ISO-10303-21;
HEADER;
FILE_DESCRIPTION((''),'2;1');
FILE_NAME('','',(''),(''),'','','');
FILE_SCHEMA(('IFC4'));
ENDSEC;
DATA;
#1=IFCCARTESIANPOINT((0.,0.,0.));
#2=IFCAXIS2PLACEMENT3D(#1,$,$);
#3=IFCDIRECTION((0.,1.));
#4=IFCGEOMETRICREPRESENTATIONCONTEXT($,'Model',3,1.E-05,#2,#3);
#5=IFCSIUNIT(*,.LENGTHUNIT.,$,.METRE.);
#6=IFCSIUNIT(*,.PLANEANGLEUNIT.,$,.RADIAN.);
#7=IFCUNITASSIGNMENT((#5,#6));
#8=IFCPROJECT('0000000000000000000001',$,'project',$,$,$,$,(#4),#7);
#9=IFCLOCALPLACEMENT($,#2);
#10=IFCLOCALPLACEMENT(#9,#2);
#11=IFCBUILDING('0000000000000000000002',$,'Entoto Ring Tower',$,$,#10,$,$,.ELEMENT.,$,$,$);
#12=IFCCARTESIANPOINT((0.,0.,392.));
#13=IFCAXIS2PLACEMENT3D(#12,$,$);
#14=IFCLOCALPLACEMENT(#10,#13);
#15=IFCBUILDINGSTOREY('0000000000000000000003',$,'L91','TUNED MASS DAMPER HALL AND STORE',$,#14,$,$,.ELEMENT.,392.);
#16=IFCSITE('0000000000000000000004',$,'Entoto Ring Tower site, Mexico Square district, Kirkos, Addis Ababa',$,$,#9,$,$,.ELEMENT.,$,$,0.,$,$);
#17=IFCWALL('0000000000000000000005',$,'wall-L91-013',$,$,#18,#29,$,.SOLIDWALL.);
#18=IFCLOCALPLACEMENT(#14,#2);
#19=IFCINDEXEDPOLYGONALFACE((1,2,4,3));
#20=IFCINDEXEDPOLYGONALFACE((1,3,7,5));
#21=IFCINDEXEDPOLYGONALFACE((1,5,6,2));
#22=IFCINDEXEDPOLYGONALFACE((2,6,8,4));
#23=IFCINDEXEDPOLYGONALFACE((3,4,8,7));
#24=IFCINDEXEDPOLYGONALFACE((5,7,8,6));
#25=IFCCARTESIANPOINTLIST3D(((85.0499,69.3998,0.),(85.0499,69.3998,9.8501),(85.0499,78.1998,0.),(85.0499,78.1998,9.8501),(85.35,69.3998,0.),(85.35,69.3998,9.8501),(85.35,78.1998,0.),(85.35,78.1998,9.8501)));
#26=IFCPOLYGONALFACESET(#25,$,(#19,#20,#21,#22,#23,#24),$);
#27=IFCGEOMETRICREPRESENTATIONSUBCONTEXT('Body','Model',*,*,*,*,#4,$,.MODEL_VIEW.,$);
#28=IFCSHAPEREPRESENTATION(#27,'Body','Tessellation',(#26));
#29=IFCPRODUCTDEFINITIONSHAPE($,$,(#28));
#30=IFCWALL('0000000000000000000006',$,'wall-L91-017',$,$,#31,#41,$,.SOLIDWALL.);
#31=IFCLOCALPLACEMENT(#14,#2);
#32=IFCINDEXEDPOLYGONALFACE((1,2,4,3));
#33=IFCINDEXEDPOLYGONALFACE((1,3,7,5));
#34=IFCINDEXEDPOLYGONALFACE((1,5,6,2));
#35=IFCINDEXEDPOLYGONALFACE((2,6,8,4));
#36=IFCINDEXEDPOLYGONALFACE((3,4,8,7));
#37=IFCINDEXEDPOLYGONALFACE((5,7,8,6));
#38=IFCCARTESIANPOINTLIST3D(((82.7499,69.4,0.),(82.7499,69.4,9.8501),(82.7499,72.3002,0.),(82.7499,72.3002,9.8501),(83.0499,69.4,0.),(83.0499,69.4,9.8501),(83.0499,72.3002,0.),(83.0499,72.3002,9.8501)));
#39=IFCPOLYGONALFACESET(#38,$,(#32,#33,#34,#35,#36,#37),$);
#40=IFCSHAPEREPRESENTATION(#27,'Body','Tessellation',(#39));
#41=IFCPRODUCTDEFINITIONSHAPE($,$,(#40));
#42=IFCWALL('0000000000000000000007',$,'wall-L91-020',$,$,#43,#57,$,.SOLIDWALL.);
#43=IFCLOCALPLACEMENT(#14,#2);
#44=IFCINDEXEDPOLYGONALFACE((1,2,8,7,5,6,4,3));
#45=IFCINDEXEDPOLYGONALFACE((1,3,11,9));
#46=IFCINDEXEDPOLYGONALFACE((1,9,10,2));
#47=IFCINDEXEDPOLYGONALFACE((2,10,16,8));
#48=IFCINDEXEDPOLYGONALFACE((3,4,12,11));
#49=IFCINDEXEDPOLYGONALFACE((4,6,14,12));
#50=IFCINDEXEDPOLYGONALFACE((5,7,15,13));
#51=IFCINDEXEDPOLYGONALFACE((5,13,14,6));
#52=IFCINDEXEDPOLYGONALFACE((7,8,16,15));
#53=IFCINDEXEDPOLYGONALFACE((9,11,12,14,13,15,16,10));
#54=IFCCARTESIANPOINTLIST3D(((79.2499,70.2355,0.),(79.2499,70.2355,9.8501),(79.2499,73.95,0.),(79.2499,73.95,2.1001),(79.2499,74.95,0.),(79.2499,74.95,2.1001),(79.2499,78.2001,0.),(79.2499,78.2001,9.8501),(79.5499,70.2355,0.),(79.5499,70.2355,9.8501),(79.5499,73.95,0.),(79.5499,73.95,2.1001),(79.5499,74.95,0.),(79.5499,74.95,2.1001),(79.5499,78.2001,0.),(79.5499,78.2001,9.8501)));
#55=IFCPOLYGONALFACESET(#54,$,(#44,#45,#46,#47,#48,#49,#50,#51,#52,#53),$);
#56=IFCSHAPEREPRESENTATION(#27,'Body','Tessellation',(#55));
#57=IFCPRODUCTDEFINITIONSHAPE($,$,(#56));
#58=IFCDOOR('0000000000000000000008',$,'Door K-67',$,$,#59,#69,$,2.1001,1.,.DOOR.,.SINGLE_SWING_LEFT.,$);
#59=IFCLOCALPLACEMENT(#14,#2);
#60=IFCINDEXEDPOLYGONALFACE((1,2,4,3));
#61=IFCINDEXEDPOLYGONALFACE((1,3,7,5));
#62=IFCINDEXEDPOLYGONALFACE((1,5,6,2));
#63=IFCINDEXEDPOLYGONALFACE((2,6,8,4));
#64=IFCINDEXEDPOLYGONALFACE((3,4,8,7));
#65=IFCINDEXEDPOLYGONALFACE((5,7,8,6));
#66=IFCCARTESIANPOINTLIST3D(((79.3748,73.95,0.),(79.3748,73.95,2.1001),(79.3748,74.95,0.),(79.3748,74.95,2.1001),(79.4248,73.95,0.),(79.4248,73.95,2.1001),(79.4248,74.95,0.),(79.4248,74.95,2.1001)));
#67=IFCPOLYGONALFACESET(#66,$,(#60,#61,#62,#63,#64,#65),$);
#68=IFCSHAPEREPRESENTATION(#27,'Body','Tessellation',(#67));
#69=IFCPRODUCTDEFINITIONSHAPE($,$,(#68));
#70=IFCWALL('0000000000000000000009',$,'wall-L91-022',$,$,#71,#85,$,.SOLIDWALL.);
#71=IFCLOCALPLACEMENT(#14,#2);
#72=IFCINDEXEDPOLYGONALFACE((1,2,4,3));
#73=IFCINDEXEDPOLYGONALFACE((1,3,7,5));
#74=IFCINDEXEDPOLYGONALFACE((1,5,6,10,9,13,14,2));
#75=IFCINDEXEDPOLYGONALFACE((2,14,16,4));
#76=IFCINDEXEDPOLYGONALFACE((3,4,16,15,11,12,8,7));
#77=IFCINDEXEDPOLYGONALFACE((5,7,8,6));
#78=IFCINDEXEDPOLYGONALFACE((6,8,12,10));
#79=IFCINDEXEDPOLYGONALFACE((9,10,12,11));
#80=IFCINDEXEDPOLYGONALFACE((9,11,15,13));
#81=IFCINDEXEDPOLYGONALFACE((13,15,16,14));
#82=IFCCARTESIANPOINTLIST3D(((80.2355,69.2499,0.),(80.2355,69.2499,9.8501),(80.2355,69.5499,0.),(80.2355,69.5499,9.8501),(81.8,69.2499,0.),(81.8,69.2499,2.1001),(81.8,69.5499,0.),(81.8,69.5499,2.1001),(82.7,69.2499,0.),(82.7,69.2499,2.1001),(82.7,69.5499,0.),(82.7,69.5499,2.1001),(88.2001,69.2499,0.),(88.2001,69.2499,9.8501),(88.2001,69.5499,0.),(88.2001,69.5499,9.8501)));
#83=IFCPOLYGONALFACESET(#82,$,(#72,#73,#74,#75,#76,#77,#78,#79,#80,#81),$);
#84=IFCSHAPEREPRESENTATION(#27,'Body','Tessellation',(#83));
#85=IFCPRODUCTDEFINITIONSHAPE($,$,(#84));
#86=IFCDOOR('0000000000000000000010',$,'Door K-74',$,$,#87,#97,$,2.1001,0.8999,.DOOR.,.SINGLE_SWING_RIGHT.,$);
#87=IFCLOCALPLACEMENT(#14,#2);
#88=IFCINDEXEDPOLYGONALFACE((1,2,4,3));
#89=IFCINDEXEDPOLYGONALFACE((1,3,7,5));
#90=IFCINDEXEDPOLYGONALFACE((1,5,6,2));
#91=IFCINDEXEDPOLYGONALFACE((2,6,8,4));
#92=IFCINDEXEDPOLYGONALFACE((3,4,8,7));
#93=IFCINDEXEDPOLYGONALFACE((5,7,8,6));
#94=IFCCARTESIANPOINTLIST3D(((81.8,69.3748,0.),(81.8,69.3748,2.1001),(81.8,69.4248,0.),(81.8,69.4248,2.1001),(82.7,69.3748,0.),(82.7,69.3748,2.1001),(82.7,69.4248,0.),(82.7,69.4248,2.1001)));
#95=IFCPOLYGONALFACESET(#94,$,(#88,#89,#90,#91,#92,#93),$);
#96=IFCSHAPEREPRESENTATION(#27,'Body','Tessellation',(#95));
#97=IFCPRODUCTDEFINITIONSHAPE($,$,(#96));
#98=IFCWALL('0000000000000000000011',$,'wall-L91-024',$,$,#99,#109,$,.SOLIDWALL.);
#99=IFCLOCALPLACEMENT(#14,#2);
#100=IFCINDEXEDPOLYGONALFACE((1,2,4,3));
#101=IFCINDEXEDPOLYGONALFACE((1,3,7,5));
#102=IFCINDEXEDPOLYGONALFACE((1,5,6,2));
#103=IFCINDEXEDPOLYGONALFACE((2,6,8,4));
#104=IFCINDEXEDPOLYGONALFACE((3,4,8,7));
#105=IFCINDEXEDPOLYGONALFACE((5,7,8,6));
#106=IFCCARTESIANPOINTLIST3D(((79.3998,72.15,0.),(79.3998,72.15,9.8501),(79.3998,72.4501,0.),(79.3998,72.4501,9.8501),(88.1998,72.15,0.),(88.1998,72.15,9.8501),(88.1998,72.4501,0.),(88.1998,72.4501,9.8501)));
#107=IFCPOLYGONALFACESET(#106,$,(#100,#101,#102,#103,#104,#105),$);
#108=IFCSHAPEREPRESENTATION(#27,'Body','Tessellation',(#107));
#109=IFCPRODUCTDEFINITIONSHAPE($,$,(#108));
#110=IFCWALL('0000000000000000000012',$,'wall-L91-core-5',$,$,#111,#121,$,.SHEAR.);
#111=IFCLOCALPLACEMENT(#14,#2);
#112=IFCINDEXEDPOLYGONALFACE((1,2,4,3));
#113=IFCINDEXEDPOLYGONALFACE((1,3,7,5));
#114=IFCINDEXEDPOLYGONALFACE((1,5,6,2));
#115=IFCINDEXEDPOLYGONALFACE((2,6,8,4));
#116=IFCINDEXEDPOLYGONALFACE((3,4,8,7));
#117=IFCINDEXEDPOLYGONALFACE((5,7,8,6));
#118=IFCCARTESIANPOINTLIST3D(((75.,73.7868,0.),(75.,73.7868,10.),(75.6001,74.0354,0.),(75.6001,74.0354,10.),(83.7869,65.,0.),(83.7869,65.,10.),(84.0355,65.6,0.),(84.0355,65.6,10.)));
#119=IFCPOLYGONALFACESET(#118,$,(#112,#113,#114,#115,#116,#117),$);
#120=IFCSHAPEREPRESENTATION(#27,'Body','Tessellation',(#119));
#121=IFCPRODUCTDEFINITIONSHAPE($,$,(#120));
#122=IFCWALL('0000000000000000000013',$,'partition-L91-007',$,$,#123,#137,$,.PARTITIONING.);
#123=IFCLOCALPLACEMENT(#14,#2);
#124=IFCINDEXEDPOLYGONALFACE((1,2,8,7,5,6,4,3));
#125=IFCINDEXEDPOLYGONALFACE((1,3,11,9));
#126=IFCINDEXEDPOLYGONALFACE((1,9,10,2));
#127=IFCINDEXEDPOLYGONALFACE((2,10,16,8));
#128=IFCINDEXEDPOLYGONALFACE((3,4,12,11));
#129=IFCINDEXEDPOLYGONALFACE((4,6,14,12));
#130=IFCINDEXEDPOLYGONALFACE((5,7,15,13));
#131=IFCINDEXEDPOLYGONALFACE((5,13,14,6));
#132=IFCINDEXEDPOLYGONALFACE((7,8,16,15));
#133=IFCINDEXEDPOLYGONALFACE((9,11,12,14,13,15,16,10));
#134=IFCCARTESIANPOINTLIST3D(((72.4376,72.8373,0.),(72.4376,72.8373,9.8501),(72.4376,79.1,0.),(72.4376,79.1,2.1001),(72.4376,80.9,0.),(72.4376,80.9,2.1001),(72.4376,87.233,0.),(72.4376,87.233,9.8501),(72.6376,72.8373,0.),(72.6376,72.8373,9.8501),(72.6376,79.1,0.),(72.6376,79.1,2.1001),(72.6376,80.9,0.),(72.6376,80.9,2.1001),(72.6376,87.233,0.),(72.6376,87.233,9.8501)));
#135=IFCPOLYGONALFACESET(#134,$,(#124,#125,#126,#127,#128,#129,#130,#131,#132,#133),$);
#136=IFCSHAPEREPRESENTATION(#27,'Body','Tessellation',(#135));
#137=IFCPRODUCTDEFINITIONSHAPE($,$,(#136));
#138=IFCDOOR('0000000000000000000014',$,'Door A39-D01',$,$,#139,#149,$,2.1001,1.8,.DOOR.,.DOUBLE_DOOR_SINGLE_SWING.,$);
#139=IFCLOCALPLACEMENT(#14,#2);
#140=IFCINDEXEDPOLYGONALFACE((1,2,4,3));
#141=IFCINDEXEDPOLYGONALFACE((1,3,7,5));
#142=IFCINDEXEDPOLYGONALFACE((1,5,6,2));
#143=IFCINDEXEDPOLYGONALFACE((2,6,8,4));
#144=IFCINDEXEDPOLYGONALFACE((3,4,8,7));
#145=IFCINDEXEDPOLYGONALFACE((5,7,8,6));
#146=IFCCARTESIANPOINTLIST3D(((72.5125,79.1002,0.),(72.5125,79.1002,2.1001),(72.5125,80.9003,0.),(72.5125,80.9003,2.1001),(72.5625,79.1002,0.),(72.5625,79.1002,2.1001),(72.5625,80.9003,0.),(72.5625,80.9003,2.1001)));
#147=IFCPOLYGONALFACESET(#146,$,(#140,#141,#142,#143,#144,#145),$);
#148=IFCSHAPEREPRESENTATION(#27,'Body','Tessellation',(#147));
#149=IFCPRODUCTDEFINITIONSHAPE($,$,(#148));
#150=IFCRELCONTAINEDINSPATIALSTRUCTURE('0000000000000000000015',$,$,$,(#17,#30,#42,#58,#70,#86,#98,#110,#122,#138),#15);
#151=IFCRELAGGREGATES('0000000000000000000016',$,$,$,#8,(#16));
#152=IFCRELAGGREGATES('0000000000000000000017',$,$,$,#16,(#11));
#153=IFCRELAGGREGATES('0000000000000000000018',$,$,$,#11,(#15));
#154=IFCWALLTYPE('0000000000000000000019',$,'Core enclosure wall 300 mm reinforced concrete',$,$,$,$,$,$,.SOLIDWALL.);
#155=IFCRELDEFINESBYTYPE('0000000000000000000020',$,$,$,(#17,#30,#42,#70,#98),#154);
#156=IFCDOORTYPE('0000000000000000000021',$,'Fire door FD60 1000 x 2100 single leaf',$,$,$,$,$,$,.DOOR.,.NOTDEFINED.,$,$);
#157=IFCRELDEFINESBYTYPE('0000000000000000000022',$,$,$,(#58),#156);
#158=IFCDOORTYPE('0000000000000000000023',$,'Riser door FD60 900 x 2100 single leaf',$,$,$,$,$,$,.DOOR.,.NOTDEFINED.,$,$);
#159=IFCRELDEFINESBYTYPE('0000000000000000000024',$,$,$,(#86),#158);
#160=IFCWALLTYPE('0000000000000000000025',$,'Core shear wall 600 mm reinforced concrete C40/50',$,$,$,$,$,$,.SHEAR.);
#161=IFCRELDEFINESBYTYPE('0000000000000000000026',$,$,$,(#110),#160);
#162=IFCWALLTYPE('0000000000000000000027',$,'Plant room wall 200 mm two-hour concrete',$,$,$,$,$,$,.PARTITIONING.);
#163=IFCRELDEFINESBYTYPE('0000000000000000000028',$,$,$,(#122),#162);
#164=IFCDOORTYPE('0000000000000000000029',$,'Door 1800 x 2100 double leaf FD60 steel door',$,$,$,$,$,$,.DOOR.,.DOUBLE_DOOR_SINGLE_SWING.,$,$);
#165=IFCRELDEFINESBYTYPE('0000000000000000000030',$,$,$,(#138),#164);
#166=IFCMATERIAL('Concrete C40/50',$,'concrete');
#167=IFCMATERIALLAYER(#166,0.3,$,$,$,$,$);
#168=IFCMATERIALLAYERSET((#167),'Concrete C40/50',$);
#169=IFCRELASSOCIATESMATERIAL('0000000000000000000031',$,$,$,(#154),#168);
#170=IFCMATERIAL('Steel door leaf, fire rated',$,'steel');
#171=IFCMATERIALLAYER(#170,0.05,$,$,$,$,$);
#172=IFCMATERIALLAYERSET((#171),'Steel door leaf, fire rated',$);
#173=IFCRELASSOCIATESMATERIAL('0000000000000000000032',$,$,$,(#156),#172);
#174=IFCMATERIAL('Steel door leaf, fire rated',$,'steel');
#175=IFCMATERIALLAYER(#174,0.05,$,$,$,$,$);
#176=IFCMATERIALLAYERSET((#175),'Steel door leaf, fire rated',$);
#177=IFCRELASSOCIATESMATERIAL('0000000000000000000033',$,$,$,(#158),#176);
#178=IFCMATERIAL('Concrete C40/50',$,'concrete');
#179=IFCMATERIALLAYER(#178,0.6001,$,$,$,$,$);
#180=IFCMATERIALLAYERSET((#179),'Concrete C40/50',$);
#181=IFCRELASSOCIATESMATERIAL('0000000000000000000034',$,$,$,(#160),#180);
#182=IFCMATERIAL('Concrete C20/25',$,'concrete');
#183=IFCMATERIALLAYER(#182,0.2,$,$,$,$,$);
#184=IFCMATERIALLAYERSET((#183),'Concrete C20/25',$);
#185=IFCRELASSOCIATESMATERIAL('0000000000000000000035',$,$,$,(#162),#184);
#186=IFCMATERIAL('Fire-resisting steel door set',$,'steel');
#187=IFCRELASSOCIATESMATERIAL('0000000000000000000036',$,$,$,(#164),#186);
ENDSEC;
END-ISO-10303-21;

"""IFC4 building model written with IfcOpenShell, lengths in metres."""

from ifc_helpers import new_model, si_unit, direction, frame, frame_2d, origin, place, context, subcontext, project, spatial, polyline, rectangle, outline, extrude, material, layer, layer_set, type_object, element, fill, save


model = new_model("IFC4")

# Units and contexts
model_context = context("Model", 3, precision=1e-05, world=origin(), true_north=direction((0.0, 1.0)))
body_context = subcontext(model_context, "Body", "Model", "MODEL_VIEW")
ifc_project = project(units=[si_unit("LENGTHUNIT", "METRE"), si_unit("PLANEANGLEUNIT", "RADIAN")], contexts=[model_context])

# Site, building, storey
site_placement = place(None, origin())
site = spatial("IfcSite", under=ifc_project, at=site_placement, Name="Entoto Ring Tower site, Mexico Square district, Kirkos, Addis Ababa", CompositionType="ELEMENT", RefElevation=0.0)
building_placement = place(site_placement, origin())
building = spatial("IfcBuilding", under=site, at=building_placement, Name="Entoto Ring Tower", CompositionType="ELEMENT")
storey_placement = place(building_placement, frame((0.0, 0.0, 392.0)))
storey = spatial("IfcBuildingStorey", under=building, at=storey_placement, Name="L91", Description="TUNED MASS DAMPER HALL AND STORE", CompositionType="ELEMENT", Elevation=392.0)

# Walls
ifc_material_1 = material(Name="Concrete C40/50", Category="concrete")
ifc_layer_1 = layer(ifc_material_1, 0.3)
ifc_layer_set_1 = layer_set([ifc_layer_1], Name="Concrete C40/50")
wall_type_1 = type_object("IfcWallType", Name="Core enclosure wall 300 mm reinforced concrete", PredefinedType="SOLIDWALL", material=ifc_layer_set_1)
wall_1_placement = place(storey_placement, frame((85.2, 69.3999, 0.0), z_axis=(0.0, 0.0, 1.0), x_axis=(0.0, 1.0, 0.0)))
element("IfcWall", 1, at=wall_1_placement, inside=storey, type_object=wall_type_1, Name="wall-L91-013", PredefinedType="SOLIDWALL", context=body_context, shape_type="SweptSolid", body=[
    extrude(rectangle(XDim=8.8, YDim=0.3, at=frame_2d((4.3999, 0.0))), origin(), (0.0, 0.0, 1.0), 9.8501),
])
wall_2_placement = place(storey_placement, frame((82.8999, 69.3999, 0.0), z_axis=(0.0, 0.0, 1.0), x_axis=(0.0, 1.0, 0.0)))
element("IfcWall", 2, at=wall_2_placement, inside=storey, type_object=wall_type_1, Name="wall-L91-017", PredefinedType="SOLIDWALL", context=body_context, shape_type="SweptSolid", body=[
    extrude(rectangle(XDim=2.9001, YDim=0.3, at=frame_2d((1.4502, 0.0))), origin(), (0.0, 0.0, 1.0), 9.8501),
])

# Walls, openings, doors
wall_3_placement = place(storey_placement, frame((79.3999, 70.2354, 0.0), z_axis=(0.0, 0.0, 1.0), x_axis=(0.0, 1.0, 0.0)))
wall_3 = element("IfcWall", 3, at=wall_3_placement, inside=storey, type_object=wall_type_1, Name="wall-L91-020", PredefinedType="SOLIDWALL", context=body_context, shape_type="SweptSolid", body=[
    extrude(rectangle(XDim=7.9646, YDim=0.3, at=frame_2d((3.9824, 0.0))), origin(), (0.0, 0.0, 1.0), 9.8501),
])
opening_1_placement = place(wall_3_placement, frame((3.7146, 0.0, 0.0)))
opening_1 = element("IfcOpeningElement", 4, at=opening_1_placement, cuts=wall_3, PredefinedType="OPENING", context=body_context, shape_type="SweptSolid", body=[
    extrude(rectangle(XDim=1.0, YDim=2.1001, at=frame_2d((0.5, 1.05))), frame((0.0, 0.1602, 0.0), z_axis=(0.0, -1.0, 0.0), x_axis=(1.0, 0.0, 0.0)), (0.0, 0.0, 1.0), 0.3201),
])
ifc_material_2 = material(Name="Steel door leaf, fire rated", Category="steel")
ifc_layer_2 = layer(ifc_material_2, 0.05)
ifc_layer_set_2 = layer_set([ifc_layer_2], Name="Steel door leaf, fire rated")
door_type_1 = type_object("IfcDoorType", Name="Fire door FD60 1000 x 2100 single leaf", OperationType="NOTDEFINED", PredefinedType="DOOR", material=ifc_layer_set_2)
door_1_placement = place(opening_1_placement, frame((1.0, 0.0, 0.0), z_axis=(0.0, 0.0, 1.0), x_axis=(-1.0, 0.0, 0.0)))
door_1 = element("IfcDoor", 5, at=door_1_placement, inside=storey, type_object=door_type_1, Name="Door K-67", OperationType="SINGLE_SWING_LEFT", OverallHeight=2.1001, OverallWidth=1.0, PredefinedType="DOOR", context=body_context, shape_type="SweptSolid", body=[
    extrude(rectangle(XDim=1.0, YDim=2.1001, at=frame_2d((0.5, 1.05))), frame((0.0, 0.0249, 0.0), z_axis=(0.0, -1.0, 0.0), x_axis=(1.0, 0.0, 0.0)), (0.0, 0.0, 1.0), 0.05),
])
fill(opening_1, door_1)
wall_4_placement = place(storey_placement, frame((80.2354, 69.3999, 0.0), z_axis=(0.0, 0.0, 1.0), x_axis=(1.0, 0.0, 0.0)))
wall_4 = element("IfcWall", 6, at=wall_4_placement, inside=storey, type_object=wall_type_1, Name="wall-L91-022", PredefinedType="SOLIDWALL", context=body_context, shape_type="SweptSolid", body=[
    extrude(rectangle(XDim=7.9646, YDim=0.3, at=frame_2d((3.9824, 0.0))), origin(), (0.0, 0.0, 1.0), 9.8501),
])
opening_2_placement = place(wall_4_placement, frame((1.5647, 0.0, 0.0)))
opening_2 = element("IfcOpeningElement", 7, at=opening_2_placement, cuts=wall_4, PredefinedType="OPENING", context=body_context, shape_type="SweptSolid", body=[
    extrude(rectangle(XDim=0.8999, YDim=2.1001, at=frame_2d((0.45, 1.05))), frame((0.0, 0.1602, 0.0), z_axis=(0.0, -1.0, 0.0), x_axis=(1.0, 0.0, 0.0)), (0.0, 0.0, 1.0), 0.3201),
])
ifc_material_3 = material(Name="Steel door leaf, fire rated", Category="steel")
ifc_layer_3 = layer(ifc_material_3, 0.05)
ifc_layer_set_3 = layer_set([ifc_layer_3], Name="Steel door leaf, fire rated")
door_type_2 = type_object("IfcDoorType", Name="Riser door FD60 900 x 2100 single leaf", OperationType="NOTDEFINED", PredefinedType="DOOR", material=ifc_layer_set_3)
door_2_placement = place(opening_2_placement, origin())
door_2 = element("IfcDoor", 8, at=door_2_placement, inside=storey, type_object=door_type_2, Name="Door K-74", OperationType="SINGLE_SWING_RIGHT", OverallHeight=2.1001, OverallWidth=0.8999, PredefinedType="DOOR", context=body_context, shape_type="SweptSolid", body=[
    extrude(rectangle(XDim=0.8999, YDim=2.1001, at=frame_2d((0.45, 1.05))), frame((0.0, 0.0249, 0.0), z_axis=(0.0, -1.0, 0.0), x_axis=(1.0, 0.0, 0.0)), (0.0, 0.0, 1.0), 0.05),
])
fill(opening_2, door_2)

# Walls
wall_5_placement = place(storey_placement, frame((79.3999, 72.3, 0.0), z_axis=(0.0, 0.0, 1.0), x_axis=(1.0, 0.0, 0.0)))
element("IfcWall", 9, at=wall_5_placement, inside=storey, type_object=wall_type_1, Name="wall-L91-024", PredefinedType="SOLIDWALL", context=body_context, shape_type="SweptSolid", body=[
    extrude(rectangle(XDim=8.8, YDim=0.3, at=frame_2d((4.3999, 0.0))), origin(), (0.0, 0.0, 1.0), 9.8501),
])
ifc_material_4 = material(Name="Concrete C40/50", Category="concrete")
ifc_layer_4 = layer(ifc_material_4, 0.6001)
ifc_layer_set_4 = layer_set([ifc_layer_4], Name="Concrete C40/50")
wall_type_2 = type_object("IfcWallType", Name="Core shear wall 600 mm reinforced concrete C40/50", PredefinedType="SHEAR", material=ifc_layer_set_4)
wall_6_placement = place(storey_placement, frame((75.3, 73.9111, 0.0), z_axis=(0.0, 0.0, 1.0), x_axis=(0.707107, -0.707107, 0.0)))
element("IfcWall", 10, at=wall_6_placement, inside=storey, type_object=wall_type_2, Name="wall-L91-core-5", PredefinedType="SHEAR", context=body_context, shape_type="SweptSolid", body=[
    extrude(outline(polyline([(-0.1243, -0.3), (12.3022, -0.3), (12.0537, 0.3), (0.1243, 0.3), (-0.1243, -0.3)])), origin(), (0.0, 0.0, 1.0), 10.0),
])

# Wall, opening, door
ifc_material_5 = material(Name="Concrete C20/25", Category="concrete")
ifc_layer_5 = layer(ifc_material_5, 0.2)
ifc_layer_set_5 = layer_set([ifc_layer_5], Name="Concrete C20/25")
wall_type_3 = type_object("IfcWallType", Name="Plant room wall 200 mm two-hour concrete", PredefinedType="PARTITIONING", material=ifc_layer_set_5)
wall_7_placement = place(storey_placement, frame((72.5376, 72.8374, 0.0), z_axis=(0.0, 0.0, 1.0), x_axis=(0.0, 1.0, 0.0)))
wall_7 = element("IfcWall", 11, at=wall_7_placement, inside=storey, type_object=wall_type_3, Name="partition-L91-007", PredefinedType="PARTITIONING", context=body_context, shape_type="SweptSolid", body=[
    extrude(rectangle(XDim=14.3958, YDim=0.2, at=frame_2d((7.1978, 0.0))), origin(), (0.0, 0.0, 1.0), 9.8501),
])
opening_3_placement = place(wall_7_placement, frame((6.2627, 0.0, 0.0)))
opening_3 = element("IfcOpeningElement", 12, at=opening_3_placement, cuts=wall_7, PredefinedType="OPENING", context=body_context, shape_type="SweptSolid", body=[
    extrude(rectangle(XDim=1.8, YDim=2.1001, at=frame_2d((0.8999, 1.05))), frame((0.0, 0.1099, 0.0), z_axis=(0.0, -1.0, 0.0), x_axis=(1.0, 0.0, 0.0)), (0.0, 0.0, 1.0), 0.22),
])
ifc_material_6 = material(Name="Fire-resisting steel door set", Category="steel")
door_type_3 = type_object("IfcDoorType", Name="Door 1800 x 2100 double leaf FD60 steel door", OperationType="DOUBLE_DOOR_SINGLE_SWING", PredefinedType="DOOR", material=ifc_material_6)
door_3_placement = place(opening_3_placement, frame((1.8, 0.0, 0.0), z_axis=(0.0, 0.0, 1.0), x_axis=(-1.0, 0.0, 0.0)))
door_3 = element("IfcDoor", 13, at=door_3_placement, inside=storey, type_object=door_type_3, Name="Door A39-D01", OperationType="DOUBLE_DOOR_SINGLE_SWING", OverallHeight=2.1001, OverallWidth=1.8, PredefinedType="DOOR", context=body_context, shape_type="SweptSolid", body=[
    extrude(rectangle(XDim=1.8, YDim=2.1001, at=frame_2d((0.8999, 1.05))), frame((0.0, 0.0249, 0.0), z_axis=(0.0, -1.0, 0.0), x_axis=(1.0, 0.0, 0.0)), (0.0, 0.0, 1.0), 0.05),
])
fill(opening_3, door_3)

save(model, "model.ifc")
